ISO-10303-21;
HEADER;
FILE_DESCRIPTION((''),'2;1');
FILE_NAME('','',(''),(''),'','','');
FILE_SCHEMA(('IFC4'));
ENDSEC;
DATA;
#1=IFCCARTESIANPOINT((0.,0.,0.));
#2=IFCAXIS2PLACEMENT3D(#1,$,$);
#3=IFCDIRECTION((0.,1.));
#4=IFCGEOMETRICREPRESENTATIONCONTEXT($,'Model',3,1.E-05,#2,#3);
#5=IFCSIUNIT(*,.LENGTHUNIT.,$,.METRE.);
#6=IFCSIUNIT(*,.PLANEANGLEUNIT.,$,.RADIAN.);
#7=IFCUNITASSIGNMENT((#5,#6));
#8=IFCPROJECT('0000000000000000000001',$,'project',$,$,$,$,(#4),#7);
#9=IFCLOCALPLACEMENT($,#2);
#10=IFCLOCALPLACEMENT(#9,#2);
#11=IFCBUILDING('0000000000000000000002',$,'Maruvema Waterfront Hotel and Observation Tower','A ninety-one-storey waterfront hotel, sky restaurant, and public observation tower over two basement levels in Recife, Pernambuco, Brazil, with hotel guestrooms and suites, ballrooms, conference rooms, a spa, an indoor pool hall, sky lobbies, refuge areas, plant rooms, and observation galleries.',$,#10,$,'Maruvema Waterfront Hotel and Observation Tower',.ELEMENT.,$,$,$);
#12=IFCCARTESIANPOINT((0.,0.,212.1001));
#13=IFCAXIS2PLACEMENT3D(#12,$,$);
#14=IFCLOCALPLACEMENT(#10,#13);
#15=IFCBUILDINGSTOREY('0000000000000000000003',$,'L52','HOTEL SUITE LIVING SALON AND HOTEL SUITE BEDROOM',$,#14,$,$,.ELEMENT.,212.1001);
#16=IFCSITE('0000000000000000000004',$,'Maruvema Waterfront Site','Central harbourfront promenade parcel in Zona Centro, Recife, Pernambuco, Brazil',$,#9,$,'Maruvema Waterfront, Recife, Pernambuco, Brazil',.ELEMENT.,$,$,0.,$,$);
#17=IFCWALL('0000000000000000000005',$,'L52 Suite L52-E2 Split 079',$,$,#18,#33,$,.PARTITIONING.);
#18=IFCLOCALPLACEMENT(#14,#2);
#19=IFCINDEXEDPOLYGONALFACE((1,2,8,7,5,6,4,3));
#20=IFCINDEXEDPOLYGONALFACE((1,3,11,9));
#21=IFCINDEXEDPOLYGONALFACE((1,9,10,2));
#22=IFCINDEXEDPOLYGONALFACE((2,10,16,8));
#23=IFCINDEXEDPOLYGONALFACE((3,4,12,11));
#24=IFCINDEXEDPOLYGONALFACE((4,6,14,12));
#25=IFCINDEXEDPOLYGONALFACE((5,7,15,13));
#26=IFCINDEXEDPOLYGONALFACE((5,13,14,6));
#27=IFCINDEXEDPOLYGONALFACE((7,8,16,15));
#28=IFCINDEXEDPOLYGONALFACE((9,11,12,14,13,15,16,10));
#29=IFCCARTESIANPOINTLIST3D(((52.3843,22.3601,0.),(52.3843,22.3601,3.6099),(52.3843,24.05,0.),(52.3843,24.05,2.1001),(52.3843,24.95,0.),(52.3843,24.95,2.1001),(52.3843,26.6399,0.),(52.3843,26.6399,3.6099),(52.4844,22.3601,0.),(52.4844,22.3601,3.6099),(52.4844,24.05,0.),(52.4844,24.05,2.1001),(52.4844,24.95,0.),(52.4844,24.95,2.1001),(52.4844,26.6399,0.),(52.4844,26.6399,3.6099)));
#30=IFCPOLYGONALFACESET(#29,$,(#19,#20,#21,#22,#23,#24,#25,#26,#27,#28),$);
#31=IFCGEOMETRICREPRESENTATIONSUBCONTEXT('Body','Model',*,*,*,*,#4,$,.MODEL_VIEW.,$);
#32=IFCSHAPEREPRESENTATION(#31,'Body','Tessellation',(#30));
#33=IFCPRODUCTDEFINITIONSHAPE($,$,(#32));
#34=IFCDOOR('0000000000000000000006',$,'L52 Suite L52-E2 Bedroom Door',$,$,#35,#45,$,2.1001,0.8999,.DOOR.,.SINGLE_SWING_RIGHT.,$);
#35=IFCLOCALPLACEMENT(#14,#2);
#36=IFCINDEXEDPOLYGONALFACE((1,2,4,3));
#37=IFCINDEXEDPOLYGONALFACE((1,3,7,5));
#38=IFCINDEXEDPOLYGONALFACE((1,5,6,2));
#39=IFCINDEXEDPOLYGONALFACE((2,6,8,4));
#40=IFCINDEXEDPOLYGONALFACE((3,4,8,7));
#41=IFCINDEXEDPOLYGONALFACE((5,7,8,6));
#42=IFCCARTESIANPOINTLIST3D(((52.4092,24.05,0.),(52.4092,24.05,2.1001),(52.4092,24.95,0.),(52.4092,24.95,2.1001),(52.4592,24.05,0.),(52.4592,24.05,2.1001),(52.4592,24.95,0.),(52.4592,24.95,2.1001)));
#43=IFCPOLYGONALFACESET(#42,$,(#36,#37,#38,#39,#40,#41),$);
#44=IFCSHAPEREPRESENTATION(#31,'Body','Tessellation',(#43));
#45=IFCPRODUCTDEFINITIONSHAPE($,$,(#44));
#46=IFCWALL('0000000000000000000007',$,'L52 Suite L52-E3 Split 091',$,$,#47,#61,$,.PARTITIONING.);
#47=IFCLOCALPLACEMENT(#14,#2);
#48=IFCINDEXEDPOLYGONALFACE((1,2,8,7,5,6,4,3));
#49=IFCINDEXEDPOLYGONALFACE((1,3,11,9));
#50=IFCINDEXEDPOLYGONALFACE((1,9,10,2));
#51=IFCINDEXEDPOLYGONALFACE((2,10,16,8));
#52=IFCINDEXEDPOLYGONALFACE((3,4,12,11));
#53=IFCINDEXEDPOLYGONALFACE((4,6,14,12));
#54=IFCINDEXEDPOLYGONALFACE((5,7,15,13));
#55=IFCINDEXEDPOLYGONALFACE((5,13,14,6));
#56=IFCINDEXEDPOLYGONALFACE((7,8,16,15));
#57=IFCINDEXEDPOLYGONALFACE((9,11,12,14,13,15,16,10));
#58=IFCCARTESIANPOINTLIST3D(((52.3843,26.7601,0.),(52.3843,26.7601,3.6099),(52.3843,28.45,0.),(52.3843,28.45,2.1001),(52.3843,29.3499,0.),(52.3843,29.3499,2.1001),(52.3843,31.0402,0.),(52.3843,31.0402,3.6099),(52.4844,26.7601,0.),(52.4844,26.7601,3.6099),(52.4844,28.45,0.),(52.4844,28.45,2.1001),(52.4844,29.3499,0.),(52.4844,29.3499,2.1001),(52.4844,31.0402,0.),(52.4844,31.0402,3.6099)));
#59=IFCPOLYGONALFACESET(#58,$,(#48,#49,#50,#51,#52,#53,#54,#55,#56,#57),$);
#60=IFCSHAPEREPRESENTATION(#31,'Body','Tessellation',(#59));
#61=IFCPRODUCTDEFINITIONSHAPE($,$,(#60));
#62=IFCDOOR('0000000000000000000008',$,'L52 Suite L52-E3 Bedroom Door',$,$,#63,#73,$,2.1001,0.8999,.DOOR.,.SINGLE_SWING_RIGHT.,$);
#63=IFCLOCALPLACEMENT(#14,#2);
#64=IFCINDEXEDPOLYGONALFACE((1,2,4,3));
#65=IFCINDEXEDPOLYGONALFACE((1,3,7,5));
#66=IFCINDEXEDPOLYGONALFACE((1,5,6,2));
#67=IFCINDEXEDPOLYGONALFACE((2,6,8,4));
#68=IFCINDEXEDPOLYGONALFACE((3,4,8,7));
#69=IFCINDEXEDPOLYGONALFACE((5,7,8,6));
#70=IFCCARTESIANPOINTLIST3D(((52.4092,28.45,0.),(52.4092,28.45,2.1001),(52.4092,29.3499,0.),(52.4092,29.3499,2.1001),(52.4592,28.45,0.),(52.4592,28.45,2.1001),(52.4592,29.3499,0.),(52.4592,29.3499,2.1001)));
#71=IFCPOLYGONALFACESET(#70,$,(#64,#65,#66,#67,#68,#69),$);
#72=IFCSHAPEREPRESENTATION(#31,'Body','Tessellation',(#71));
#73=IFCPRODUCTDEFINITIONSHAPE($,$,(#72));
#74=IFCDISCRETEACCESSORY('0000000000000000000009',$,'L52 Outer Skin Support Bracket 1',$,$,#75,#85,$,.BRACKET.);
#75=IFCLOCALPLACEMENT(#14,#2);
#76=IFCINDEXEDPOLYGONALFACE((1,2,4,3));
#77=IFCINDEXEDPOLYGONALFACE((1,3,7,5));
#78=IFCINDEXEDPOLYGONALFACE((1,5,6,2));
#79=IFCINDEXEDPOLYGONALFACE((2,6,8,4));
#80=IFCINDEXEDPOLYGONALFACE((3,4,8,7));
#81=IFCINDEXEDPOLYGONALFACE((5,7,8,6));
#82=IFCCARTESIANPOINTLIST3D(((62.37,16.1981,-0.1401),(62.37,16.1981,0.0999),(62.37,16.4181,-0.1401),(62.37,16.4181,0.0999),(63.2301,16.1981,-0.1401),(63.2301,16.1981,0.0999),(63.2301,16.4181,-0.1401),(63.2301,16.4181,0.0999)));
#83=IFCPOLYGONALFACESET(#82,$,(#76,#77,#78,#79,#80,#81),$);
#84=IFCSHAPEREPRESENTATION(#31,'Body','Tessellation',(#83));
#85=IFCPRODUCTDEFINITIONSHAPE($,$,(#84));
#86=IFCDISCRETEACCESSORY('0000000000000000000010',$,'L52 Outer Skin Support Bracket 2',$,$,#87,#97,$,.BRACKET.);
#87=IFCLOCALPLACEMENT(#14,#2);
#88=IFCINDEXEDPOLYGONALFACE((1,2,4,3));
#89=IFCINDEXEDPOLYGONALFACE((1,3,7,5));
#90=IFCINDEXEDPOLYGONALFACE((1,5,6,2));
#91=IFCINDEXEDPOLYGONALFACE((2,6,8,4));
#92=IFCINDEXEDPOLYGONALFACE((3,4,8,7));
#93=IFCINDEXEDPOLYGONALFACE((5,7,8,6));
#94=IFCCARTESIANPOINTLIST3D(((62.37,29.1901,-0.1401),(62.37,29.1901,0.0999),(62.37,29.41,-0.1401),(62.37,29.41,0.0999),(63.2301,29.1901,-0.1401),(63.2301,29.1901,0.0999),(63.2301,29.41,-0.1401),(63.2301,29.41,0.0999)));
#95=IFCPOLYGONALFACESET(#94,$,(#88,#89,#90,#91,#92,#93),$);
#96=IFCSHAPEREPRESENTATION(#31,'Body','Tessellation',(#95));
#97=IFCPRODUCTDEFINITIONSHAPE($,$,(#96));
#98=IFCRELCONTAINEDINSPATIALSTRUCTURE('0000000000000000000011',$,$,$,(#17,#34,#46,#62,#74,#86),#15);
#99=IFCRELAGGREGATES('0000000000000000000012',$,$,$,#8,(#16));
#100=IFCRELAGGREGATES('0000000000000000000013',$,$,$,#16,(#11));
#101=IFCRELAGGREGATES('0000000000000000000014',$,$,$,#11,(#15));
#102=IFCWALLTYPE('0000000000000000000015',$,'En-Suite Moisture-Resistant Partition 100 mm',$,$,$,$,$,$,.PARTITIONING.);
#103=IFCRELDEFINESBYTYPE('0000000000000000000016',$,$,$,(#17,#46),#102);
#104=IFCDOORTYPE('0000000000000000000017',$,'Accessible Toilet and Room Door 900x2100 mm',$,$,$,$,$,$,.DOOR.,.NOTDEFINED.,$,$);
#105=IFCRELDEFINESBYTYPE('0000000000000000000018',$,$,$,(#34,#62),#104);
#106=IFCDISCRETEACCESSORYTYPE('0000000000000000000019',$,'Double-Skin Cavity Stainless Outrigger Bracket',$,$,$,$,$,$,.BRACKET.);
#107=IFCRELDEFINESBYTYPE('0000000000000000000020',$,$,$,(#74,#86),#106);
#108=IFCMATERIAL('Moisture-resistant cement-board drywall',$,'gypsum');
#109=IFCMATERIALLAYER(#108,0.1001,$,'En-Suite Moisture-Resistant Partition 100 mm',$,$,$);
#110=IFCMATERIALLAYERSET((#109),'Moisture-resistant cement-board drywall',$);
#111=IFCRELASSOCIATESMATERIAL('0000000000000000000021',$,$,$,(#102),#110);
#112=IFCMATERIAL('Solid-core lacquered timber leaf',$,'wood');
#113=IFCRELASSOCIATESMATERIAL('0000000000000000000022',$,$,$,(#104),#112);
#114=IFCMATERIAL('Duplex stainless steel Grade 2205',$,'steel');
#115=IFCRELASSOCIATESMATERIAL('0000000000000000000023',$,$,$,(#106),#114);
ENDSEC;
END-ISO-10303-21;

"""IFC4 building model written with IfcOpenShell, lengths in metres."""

from ifc_helpers import new_model, si_unit, direction, frame, frame_2d, origin, origin_2d, place, context, subcontext, project, spatial, rectangle, extrude, material, layer, layer_set, type_object, element, fill, save


model = new_model("IFC4")

# Units and contexts
model_context = context("Model", 3, precision=1e-05, world=origin(), true_north=direction((0.0, 1.0)))
body_context = subcontext(model_context, "Body", "Model", "MODEL_VIEW")
ifc_project = project(units=[si_unit("LENGTHUNIT", "METRE"), si_unit("PLANEANGLEUNIT", "RADIAN")], contexts=[model_context])

# Site, building, storey
site_placement = place(None, origin())
site = spatial("IfcSite", under=ifc_project, at=site_placement, Name="Maruvema Waterfront Site", Description="Central harbourfront promenade parcel in Zona Centro, Recife, Pernambuco, Brazil", LongName="Maruvema Waterfront, Recife, Pernambuco, Brazil", CompositionType="ELEMENT", RefElevation=0.0)
building_placement = place(site_placement, origin())
building = spatial("IfcBuilding", under=site, at=building_placement, Name="Maruvema Waterfront Hotel and Observation Tower", Description="A ninety-one-storey waterfront hotel, sky restaurant, and public observation tower over two basement levels in Recife, Pernambuco, Brazil, with hotel guestrooms and suites, ballrooms, conference rooms, a spa, an indoor pool hall, sky lobbies, refuge areas, plant rooms, and observation galleries.", LongName="Maruvema Waterfront Hotel and Observation Tower", CompositionType="ELEMENT")
storey_placement = place(building_placement, frame((0.0, 0.0, 212.1001)))
storey = spatial("IfcBuildingStorey", under=building, at=storey_placement, Name="L52", Description="HOTEL SUITE LIVING SALON AND HOTEL SUITE BEDROOM", CompositionType="ELEMENT", Elevation=212.1001)

# Walls, openings, doors
ifc_material_1 = material(Name="Moisture-resistant cement-board drywall", Category="gypsum")
ifc_layer_1 = layer(ifc_material_1, 0.1001, Name="En-Suite Moisture-Resistant Partition 100 mm")
ifc_layer_set_1 = layer_set([ifc_layer_1], Name="Moisture-resistant cement-board drywall")
wall_type = type_object("IfcWallType", Name="En-Suite Moisture-Resistant Partition 100 mm", PredefinedType="PARTITIONING", material=ifc_layer_set_1)
ifc_material_2 = material(Name="Solid-core lacquered timber leaf", Category="wood")
door_type = type_object("IfcDoorType", Name="Accessible Toilet and Room Door 900x2100 mm", OperationType="NOTDEFINED", PredefinedType="DOOR", material=ifc_material_2)
wall_1_placement = place(storey_placement, frame((52.4343, 22.3601, 0.0), z_axis=(0.0, 0.0, 1.0), x_axis=(0.0, 1.0, 0.0)))
wall_1 = element("IfcWall", 1, at=wall_1_placement, inside=storey, type_object=wall_type, Name="L52 Suite L52-E2 Split 079", PredefinedType="PARTITIONING", context=body_context, shape_type="SweptSolid", body=[
    extrude(rectangle(XDim=4.2798, YDim=0.1001, at=frame_2d((2.1399, 0.0))), origin(), (0.0, 0.0, 1.0), 3.6099),
])
opening_1_placement = place(wall_1_placement, frame((1.6899, 0.0, 0.0)))
opening_1 = element("IfcOpeningElement", 2, at=opening_1_placement, cuts=wall_1, PredefinedType="OPENING", context=body_context, shape_type="SweptSolid", body=[
    extrude(rectangle(XDim=0.8999, YDim=2.1001, at=frame_2d((0.45, 1.05))), frame((0.0, 0.0601, 0.0), z_axis=(0.0, -1.0, 0.0), x_axis=(1.0, 0.0, 0.0)), (0.0, 0.0, 1.0), 0.1201),
])
door_1_placement = place(opening_1_placement, frame((0.8999, 0.0, 0.0), z_axis=(0.0, 0.0, 1.0), x_axis=(-1.0, 0.0, 0.0)))
door_1 = element("IfcDoor", 3, at=door_1_placement, inside=storey, type_object=door_type, Name="L52 Suite L52-E2 Bedroom Door", OperationType="SINGLE_SWING_RIGHT", OverallHeight=2.1001, OverallWidth=0.8999, PredefinedType="DOOR", context=body_context, shape_type="SweptSolid", body=[
    extrude(rectangle(XDim=0.8999, YDim=2.1001, at=frame_2d((0.45, 1.05))), frame((0.0, 0.0249, 0.0), z_axis=(0.0, -1.0, 0.0), x_axis=(1.0, 0.0, 0.0)), (0.0, 0.0, 1.0), 0.05),
])
fill(opening_1, door_1)
wall_2_placement = place(storey_placement, frame((52.4343, 26.76, 0.0), z_axis=(0.0, 0.0, 1.0), x_axis=(0.0, 1.0, 0.0)))
wall_2 = element("IfcWall", 4, at=wall_2_placement, inside=storey, type_object=wall_type, Name="L52 Suite L52-E3 Split 091", PredefinedType="PARTITIONING", context=body_context, shape_type="SweptSolid", body=[
    extrude(rectangle(XDim=4.28, YDim=0.1001, at=frame_2d((2.1401, 0.0))), origin(), (0.0, 0.0, 1.0), 3.6099),
])
opening_2_placement = place(wall_2_placement, frame((1.6899, 0.0, 0.0)))
opening_2 = element("IfcOpeningElement", 5, at=opening_2_placement, cuts=wall_2, PredefinedType="OPENING", context=body_context, shape_type="SweptSolid", body=[
    extrude(rectangle(XDim=0.8999, YDim=2.1001, at=frame_2d((0.45, 1.05))), frame((0.0, 0.0601, 0.0), z_axis=(0.0, -1.0, 0.0), x_axis=(1.0, 0.0, 0.0)), (0.0, 0.0, 1.0), 0.1201),
])
door_2_placement = place(opening_2_placement, frame((0.8999, 0.0, 0.0), z_axis=(0.0, 0.0, 1.0), x_axis=(-1.0, 0.0, 0.0)))
door_2 = element("IfcDoor", 6, at=door_2_placement, inside=storey, type_object=door_type, Name="L52 Suite L52-E3 Bedroom Door", OperationType="SINGLE_SWING_RIGHT", OverallHeight=2.1001, OverallWidth=0.8999, PredefinedType="DOOR", context=body_context, shape_type="SweptSolid", body=[
    extrude(rectangle(XDim=0.8999, YDim=2.1001, at=frame_2d((0.45, 1.05))), frame((0.0, 0.0249, 0.0), z_axis=(0.0, -1.0, 0.0), x_axis=(1.0, 0.0, 0.0)), (0.0, 0.0, 1.0), 0.05),
])
fill(opening_2, door_2)

# Discrete accessories
ifc_material_3 = material(Name="Duplex stainless steel Grade 2205", Category="steel")
discrete_accessory_type = type_object("IfcDiscreteAccessoryType", Name="Double-Skin Cavity Stainless Outrigger Bracket", PredefinedType="BRACKET", material=ifc_material_3)
for number, where, z_axis, x_axis, name in (
    (7, (62.8, 16.3081, -0.1401), (0.0, 0.0, 1.0), (0.0, 1.0, 0.0), "L52 Outer Skin Support Bracket 1"),
    (8, (62.8, 29.3, -0.1401), (0.0, 0.0, 1.0), (0.0, 1.0, 0.0), "L52 Outer Skin Support Bracket 2"),
):
    element("IfcDiscreteAccessory", number, at=place(storey_placement, frame(where, z_axis=z_axis, x_axis=x_axis)), inside=storey, type_object=discrete_accessory_type, Name=name, PredefinedType="BRACKET", context=body_context, shape_type="SweptSolid", body=[
        extrude(rectangle(XDim=0.22, YDim=0.8601, at=origin_2d()), origin(), (0.0, 0.0, 1.0), 0.24),
    ])

save(model, "model.ifc")
